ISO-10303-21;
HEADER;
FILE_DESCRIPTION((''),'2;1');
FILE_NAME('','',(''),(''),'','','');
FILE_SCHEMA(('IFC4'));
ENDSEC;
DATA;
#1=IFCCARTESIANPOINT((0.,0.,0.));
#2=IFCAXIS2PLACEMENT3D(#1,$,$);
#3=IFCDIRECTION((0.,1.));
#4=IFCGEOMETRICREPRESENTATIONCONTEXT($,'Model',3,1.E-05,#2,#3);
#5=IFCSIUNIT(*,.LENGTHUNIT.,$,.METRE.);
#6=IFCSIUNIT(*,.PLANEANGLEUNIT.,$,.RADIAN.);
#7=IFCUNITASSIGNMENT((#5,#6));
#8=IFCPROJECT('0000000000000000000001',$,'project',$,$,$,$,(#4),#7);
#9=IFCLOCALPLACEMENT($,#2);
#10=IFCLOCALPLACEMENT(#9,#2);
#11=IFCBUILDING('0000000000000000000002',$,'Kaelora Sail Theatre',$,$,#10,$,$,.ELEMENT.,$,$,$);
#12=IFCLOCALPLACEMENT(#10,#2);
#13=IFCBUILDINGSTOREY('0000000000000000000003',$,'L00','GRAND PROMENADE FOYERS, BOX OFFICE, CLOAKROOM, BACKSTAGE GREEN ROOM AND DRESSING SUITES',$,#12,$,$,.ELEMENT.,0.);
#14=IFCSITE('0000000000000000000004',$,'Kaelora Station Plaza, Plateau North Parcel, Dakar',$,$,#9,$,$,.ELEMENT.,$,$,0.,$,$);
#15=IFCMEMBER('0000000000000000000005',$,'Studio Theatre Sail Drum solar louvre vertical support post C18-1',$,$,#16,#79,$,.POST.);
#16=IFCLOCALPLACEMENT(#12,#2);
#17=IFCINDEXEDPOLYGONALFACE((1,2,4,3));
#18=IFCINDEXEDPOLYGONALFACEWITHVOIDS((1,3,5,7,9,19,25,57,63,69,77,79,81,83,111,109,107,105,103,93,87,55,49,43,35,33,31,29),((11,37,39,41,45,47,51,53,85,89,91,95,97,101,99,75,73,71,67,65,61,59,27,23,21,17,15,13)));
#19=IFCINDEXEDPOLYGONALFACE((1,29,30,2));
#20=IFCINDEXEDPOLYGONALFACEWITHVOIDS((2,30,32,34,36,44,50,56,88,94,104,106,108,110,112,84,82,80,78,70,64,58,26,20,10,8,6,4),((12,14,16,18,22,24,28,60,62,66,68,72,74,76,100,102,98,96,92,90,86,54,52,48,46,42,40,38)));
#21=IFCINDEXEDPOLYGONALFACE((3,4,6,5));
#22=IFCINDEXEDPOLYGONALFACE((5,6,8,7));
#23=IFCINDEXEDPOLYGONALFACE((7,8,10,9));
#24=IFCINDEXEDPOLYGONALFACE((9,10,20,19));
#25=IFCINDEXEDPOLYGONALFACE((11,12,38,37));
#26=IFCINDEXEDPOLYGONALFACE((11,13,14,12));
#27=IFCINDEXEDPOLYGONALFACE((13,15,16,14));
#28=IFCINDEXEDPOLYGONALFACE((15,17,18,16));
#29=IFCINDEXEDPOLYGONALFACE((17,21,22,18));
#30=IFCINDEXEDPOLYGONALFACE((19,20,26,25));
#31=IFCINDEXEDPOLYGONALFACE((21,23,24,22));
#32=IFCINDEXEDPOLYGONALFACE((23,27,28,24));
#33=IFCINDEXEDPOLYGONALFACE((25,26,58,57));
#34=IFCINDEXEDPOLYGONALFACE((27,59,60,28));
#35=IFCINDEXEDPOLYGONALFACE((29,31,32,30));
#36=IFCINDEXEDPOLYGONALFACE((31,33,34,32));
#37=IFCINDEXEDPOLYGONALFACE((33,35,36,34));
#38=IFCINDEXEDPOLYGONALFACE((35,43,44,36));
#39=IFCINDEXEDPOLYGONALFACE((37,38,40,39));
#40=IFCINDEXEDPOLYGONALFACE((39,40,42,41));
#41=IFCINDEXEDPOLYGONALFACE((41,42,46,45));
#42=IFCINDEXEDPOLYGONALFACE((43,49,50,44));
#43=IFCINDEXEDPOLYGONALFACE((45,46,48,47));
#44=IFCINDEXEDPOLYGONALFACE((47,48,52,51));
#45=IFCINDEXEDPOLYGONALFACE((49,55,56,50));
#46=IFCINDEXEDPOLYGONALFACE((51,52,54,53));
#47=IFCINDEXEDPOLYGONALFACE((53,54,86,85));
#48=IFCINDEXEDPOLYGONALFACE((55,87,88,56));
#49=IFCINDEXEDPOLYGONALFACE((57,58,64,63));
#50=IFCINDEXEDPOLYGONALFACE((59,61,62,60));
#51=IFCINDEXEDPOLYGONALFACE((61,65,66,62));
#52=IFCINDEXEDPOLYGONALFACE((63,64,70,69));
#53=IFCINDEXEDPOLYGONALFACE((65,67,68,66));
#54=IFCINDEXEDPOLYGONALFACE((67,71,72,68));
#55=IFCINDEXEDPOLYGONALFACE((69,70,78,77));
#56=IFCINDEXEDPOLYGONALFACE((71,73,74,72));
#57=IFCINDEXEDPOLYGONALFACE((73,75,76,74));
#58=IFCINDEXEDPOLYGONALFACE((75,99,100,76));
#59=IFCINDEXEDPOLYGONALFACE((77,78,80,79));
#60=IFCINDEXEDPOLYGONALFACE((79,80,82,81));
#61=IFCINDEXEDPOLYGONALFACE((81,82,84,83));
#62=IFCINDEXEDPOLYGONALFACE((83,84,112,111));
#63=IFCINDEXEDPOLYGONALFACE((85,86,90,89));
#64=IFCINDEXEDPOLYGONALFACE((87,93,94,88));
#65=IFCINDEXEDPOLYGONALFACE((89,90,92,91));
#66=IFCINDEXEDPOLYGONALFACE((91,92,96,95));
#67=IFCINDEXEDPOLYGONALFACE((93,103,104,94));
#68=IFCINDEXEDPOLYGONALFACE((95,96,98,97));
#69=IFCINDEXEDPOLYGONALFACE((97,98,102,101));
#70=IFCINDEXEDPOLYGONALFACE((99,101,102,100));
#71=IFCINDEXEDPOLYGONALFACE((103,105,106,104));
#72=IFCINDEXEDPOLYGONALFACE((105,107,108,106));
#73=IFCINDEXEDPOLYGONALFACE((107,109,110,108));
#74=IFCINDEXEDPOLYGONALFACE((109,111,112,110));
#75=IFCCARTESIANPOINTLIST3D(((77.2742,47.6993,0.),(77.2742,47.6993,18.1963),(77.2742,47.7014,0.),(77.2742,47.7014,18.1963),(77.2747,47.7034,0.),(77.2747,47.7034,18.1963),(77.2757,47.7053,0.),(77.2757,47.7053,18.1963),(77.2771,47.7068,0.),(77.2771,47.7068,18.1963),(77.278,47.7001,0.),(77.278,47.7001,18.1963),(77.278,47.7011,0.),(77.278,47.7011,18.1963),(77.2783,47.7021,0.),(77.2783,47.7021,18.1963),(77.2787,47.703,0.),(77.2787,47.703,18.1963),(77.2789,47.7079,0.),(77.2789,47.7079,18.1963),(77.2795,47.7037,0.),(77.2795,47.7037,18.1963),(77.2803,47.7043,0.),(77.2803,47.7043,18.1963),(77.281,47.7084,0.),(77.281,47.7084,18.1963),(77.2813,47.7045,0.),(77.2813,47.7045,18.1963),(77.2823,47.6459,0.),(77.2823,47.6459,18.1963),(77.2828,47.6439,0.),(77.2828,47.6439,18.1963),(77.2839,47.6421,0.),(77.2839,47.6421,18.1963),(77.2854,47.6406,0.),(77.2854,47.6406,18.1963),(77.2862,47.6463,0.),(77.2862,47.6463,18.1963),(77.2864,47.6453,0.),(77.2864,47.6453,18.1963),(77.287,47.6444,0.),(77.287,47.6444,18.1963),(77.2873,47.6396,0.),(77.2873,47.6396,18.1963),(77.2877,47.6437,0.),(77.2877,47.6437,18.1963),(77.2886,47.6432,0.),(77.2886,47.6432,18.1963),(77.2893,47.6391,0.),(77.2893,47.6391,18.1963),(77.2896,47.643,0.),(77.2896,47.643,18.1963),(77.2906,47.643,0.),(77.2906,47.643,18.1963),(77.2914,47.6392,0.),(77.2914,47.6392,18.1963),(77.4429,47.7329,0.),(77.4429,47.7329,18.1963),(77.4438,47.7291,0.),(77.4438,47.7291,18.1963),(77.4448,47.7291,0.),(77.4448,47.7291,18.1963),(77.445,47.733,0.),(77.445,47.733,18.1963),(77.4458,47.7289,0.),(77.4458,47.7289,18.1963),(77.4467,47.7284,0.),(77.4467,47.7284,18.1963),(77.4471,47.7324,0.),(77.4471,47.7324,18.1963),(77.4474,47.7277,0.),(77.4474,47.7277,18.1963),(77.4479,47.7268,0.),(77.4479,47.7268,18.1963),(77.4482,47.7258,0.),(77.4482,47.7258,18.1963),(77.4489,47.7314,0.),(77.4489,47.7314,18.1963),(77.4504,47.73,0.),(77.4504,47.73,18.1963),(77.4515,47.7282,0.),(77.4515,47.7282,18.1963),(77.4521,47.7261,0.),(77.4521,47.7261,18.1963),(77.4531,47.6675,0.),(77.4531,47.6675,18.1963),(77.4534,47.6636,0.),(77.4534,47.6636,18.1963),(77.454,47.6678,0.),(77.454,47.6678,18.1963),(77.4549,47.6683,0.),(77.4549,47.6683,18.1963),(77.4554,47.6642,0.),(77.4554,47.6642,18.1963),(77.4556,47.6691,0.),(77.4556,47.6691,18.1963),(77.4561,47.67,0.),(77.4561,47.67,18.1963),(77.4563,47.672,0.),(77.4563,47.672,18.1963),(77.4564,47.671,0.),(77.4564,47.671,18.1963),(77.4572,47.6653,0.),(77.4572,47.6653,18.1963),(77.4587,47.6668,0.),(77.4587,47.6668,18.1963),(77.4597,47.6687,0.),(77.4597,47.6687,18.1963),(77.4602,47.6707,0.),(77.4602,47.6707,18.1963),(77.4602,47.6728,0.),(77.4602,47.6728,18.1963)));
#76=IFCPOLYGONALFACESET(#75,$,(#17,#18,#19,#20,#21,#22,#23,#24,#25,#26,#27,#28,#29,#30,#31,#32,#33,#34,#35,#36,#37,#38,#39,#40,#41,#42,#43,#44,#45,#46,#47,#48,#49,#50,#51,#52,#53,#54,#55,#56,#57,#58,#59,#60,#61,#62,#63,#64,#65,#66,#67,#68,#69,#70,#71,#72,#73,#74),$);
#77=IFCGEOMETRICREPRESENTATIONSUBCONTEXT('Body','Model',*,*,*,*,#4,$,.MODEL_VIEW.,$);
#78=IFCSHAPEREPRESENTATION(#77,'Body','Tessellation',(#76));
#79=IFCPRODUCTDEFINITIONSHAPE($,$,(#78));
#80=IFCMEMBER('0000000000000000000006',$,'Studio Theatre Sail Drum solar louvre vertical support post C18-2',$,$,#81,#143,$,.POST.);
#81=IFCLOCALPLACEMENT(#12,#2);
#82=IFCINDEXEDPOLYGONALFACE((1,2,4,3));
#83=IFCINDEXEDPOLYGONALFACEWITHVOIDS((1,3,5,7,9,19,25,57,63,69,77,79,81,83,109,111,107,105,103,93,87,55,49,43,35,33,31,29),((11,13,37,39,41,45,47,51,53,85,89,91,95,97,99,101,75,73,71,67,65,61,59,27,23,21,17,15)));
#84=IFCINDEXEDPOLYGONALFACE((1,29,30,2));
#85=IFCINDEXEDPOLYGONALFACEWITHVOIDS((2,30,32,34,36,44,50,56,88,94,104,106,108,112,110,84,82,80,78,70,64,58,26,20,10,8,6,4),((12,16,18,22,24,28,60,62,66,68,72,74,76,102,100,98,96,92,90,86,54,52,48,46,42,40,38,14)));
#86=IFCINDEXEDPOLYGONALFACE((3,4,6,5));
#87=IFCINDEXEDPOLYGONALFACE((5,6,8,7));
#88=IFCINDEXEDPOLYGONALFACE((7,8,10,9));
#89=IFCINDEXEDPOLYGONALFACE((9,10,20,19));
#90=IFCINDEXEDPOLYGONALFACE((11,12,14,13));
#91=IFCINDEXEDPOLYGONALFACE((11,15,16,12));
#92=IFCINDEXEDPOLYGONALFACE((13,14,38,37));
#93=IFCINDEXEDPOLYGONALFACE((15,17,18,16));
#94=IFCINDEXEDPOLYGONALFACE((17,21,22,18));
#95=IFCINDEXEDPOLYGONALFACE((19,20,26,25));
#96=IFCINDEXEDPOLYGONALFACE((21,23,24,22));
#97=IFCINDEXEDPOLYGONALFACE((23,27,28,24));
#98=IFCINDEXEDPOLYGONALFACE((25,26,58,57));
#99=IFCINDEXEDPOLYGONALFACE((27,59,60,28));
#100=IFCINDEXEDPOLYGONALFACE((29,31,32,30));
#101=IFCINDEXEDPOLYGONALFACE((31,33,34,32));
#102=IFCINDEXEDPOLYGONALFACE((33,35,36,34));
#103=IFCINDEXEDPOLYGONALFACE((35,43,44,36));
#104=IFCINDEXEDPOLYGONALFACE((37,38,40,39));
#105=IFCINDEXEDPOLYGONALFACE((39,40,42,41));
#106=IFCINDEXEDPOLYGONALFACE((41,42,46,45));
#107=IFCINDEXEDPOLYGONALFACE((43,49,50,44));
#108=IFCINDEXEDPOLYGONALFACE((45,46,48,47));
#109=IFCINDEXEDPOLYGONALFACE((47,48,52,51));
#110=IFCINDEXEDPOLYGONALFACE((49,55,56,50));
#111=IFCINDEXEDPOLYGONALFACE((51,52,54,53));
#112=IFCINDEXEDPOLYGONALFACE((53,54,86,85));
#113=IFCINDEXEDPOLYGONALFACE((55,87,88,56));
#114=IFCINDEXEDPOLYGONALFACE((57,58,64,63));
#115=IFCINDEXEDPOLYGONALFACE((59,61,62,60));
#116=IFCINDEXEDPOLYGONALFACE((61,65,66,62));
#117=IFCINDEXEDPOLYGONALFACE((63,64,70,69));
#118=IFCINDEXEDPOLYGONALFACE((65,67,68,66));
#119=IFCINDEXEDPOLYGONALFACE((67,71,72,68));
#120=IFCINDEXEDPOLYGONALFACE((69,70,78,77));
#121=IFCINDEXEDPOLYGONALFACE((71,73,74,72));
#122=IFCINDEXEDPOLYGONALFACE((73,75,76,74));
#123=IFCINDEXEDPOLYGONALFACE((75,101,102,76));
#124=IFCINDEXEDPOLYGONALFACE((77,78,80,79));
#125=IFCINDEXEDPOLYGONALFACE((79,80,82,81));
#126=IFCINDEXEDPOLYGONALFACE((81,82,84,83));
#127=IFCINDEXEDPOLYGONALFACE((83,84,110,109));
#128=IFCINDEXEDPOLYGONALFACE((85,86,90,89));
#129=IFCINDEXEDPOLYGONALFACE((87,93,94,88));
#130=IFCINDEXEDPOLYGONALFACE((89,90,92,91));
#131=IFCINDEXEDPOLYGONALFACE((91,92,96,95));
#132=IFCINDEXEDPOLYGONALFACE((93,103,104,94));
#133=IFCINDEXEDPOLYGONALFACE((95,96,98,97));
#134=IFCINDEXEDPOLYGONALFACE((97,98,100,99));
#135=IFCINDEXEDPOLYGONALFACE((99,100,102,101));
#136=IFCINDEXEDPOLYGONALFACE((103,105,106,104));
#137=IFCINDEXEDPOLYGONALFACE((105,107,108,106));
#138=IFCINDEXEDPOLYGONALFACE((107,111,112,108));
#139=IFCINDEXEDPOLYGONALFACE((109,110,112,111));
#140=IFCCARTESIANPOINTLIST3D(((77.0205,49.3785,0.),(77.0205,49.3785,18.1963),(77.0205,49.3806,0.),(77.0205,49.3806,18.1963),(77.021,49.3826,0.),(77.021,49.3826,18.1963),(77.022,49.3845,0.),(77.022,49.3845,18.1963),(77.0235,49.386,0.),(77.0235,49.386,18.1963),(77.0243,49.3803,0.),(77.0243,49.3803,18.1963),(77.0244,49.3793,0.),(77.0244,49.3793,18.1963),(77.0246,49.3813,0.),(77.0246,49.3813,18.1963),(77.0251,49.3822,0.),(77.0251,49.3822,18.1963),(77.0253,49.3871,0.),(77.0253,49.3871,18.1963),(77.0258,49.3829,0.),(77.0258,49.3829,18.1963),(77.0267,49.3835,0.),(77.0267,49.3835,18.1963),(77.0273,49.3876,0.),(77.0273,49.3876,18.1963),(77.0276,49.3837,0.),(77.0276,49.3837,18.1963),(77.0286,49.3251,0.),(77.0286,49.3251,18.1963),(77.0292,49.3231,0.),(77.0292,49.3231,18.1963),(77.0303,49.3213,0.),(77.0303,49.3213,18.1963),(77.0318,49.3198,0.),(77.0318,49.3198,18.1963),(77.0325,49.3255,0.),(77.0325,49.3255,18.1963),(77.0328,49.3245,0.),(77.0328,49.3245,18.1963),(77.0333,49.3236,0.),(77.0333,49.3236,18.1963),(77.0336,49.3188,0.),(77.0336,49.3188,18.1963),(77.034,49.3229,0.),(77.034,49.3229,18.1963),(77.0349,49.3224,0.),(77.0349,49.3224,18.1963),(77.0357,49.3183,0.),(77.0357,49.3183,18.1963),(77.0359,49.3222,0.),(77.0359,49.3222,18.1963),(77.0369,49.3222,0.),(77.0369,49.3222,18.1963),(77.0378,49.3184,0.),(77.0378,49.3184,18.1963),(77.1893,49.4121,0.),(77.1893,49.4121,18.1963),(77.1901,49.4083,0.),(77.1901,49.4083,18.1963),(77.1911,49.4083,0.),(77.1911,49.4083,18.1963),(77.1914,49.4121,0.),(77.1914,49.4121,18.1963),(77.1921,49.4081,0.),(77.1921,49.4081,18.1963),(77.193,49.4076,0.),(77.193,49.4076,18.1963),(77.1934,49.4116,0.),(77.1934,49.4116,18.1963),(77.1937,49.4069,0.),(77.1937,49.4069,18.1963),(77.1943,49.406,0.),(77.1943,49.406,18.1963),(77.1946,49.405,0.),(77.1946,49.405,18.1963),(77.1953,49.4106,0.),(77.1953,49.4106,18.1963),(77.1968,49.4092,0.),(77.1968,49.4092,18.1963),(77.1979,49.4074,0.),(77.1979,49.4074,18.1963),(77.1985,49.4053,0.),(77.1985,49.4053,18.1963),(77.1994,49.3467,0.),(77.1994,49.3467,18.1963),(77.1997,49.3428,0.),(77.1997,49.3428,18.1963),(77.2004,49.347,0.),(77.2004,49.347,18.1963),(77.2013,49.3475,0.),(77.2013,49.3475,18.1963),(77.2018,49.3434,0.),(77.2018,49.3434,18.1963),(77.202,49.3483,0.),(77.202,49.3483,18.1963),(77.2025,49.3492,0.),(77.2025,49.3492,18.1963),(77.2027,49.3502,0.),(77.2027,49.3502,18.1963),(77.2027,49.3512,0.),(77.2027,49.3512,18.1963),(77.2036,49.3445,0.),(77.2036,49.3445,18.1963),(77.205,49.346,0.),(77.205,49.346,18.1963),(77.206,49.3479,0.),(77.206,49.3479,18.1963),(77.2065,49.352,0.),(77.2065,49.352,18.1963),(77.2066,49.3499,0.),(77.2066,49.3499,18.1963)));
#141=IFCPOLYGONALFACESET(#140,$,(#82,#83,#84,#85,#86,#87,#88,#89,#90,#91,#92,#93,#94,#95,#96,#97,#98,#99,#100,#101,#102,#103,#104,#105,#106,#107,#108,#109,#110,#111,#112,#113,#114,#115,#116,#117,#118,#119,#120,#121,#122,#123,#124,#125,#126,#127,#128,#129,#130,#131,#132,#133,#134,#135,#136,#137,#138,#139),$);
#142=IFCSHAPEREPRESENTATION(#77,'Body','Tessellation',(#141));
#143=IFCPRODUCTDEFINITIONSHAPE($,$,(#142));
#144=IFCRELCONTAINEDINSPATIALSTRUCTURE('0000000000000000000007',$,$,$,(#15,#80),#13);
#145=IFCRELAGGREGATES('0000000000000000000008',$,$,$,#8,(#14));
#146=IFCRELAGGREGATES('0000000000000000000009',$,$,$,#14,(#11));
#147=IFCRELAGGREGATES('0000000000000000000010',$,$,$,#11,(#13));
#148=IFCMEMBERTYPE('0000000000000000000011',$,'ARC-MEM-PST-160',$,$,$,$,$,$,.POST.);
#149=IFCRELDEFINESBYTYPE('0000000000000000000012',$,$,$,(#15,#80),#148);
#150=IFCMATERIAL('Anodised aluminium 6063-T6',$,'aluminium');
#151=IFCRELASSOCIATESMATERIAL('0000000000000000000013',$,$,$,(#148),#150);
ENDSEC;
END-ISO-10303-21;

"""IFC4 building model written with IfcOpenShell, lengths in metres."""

from ifc_helpers import new_model, si_unit, direction, frame, origin, origin_2d, place, context, subcontext, project, spatial, hollow_rectangle, extrude, material, material_profile, profile_set, type_object, element, save


model = new_model("IFC4")

# Units and contexts
model_context = context("Model", 3, precision=1e-05, world=origin(), true_north=direction((0.0, 1.0)))
body_context = subcontext(model_context, "Body", "Model", "MODEL_VIEW")
ifc_project = project(units=[si_unit("LENGTHUNIT", "METRE"), si_unit("PLANEANGLEUNIT", "RADIAN")], contexts=[model_context])

# Site, building, storey
site_placement = place(None, origin())
site = spatial("IfcSite", under=ifc_project, at=site_placement, Name="Kaelora Station Plaza, Plateau North Parcel, Dakar", CompositionType="ELEMENT", RefElevation=0.0)
building_placement = place(site_placement, origin())
building = spatial("IfcBuilding", under=site, at=building_placement, Name="Kaelora Sail Theatre", CompositionType="ELEMENT")
storey_placement = place(building_placement, origin())
storey = spatial("IfcBuildingStorey", under=building, at=storey_placement, Name="L00", Description="GRAND PROMENADE FOYERS, BOX OFFICE, CLOAKROOM, BACKSTAGE GREEN ROOM AND DRESSING SUITES", CompositionType="ELEMENT", Elevation=0.0)

# Members
ifc_material_1 = material(Name="Anodised aluminium 6063-T6", Category="aluminium")
ifc_material_profile_1 = material_profile(ifc_material_1, hollow_rectangle(XDim=0.0701, YDim=0.1799, WallThickness=0.0039, InnerFilletRadius=0.0039, OuterFilletRadius=0.0081, at=origin_2d()), Name="ALU-MULL 70x180x4")
ifc_profile_set_1 = profile_set([ifc_material_profile_1], Name="Anodised aluminium 6063-T6")
member_type_1 = type_object("IfcMemberType", Name="ARC-MEM-PST-160", PredefinedType="POST", material=ifc_profile_set_1)
for number, where, z_axis, x_axis, name in (
    (1, (77.3672, 47.686, 0.0), (0.0, 0.0, 1.0), (-0.149363, 0.988782, 0.0), "Studio Theatre Sail Drum solar louvre vertical support post C18-1"),
    (2, (77.1135, 49.3652, 0.0), (0.0, 0.0, 1.0), (-0.149363, 0.988782, 0.0), "Studio Theatre Sail Drum solar louvre vertical support post C18-2"),
):
    element("IfcMember", number, at=place(storey_placement, frame(where, z_axis=z_axis, x_axis=x_axis)), inside=storey, type_object=member_type_1, Name=name, PredefinedType="POST", context=body_context, shape_type="SweptSolid", body=[
        extrude(hollow_rectangle(XDim=0.0701, YDim=0.1799, WallThickness=0.0039, InnerFilletRadius=0.0039, OuterFilletRadius=0.0081, at=origin_2d()), origin(), (0.0, 0.0, 1.0), 18.1963),
    ])

save(model, "model.ifc")
